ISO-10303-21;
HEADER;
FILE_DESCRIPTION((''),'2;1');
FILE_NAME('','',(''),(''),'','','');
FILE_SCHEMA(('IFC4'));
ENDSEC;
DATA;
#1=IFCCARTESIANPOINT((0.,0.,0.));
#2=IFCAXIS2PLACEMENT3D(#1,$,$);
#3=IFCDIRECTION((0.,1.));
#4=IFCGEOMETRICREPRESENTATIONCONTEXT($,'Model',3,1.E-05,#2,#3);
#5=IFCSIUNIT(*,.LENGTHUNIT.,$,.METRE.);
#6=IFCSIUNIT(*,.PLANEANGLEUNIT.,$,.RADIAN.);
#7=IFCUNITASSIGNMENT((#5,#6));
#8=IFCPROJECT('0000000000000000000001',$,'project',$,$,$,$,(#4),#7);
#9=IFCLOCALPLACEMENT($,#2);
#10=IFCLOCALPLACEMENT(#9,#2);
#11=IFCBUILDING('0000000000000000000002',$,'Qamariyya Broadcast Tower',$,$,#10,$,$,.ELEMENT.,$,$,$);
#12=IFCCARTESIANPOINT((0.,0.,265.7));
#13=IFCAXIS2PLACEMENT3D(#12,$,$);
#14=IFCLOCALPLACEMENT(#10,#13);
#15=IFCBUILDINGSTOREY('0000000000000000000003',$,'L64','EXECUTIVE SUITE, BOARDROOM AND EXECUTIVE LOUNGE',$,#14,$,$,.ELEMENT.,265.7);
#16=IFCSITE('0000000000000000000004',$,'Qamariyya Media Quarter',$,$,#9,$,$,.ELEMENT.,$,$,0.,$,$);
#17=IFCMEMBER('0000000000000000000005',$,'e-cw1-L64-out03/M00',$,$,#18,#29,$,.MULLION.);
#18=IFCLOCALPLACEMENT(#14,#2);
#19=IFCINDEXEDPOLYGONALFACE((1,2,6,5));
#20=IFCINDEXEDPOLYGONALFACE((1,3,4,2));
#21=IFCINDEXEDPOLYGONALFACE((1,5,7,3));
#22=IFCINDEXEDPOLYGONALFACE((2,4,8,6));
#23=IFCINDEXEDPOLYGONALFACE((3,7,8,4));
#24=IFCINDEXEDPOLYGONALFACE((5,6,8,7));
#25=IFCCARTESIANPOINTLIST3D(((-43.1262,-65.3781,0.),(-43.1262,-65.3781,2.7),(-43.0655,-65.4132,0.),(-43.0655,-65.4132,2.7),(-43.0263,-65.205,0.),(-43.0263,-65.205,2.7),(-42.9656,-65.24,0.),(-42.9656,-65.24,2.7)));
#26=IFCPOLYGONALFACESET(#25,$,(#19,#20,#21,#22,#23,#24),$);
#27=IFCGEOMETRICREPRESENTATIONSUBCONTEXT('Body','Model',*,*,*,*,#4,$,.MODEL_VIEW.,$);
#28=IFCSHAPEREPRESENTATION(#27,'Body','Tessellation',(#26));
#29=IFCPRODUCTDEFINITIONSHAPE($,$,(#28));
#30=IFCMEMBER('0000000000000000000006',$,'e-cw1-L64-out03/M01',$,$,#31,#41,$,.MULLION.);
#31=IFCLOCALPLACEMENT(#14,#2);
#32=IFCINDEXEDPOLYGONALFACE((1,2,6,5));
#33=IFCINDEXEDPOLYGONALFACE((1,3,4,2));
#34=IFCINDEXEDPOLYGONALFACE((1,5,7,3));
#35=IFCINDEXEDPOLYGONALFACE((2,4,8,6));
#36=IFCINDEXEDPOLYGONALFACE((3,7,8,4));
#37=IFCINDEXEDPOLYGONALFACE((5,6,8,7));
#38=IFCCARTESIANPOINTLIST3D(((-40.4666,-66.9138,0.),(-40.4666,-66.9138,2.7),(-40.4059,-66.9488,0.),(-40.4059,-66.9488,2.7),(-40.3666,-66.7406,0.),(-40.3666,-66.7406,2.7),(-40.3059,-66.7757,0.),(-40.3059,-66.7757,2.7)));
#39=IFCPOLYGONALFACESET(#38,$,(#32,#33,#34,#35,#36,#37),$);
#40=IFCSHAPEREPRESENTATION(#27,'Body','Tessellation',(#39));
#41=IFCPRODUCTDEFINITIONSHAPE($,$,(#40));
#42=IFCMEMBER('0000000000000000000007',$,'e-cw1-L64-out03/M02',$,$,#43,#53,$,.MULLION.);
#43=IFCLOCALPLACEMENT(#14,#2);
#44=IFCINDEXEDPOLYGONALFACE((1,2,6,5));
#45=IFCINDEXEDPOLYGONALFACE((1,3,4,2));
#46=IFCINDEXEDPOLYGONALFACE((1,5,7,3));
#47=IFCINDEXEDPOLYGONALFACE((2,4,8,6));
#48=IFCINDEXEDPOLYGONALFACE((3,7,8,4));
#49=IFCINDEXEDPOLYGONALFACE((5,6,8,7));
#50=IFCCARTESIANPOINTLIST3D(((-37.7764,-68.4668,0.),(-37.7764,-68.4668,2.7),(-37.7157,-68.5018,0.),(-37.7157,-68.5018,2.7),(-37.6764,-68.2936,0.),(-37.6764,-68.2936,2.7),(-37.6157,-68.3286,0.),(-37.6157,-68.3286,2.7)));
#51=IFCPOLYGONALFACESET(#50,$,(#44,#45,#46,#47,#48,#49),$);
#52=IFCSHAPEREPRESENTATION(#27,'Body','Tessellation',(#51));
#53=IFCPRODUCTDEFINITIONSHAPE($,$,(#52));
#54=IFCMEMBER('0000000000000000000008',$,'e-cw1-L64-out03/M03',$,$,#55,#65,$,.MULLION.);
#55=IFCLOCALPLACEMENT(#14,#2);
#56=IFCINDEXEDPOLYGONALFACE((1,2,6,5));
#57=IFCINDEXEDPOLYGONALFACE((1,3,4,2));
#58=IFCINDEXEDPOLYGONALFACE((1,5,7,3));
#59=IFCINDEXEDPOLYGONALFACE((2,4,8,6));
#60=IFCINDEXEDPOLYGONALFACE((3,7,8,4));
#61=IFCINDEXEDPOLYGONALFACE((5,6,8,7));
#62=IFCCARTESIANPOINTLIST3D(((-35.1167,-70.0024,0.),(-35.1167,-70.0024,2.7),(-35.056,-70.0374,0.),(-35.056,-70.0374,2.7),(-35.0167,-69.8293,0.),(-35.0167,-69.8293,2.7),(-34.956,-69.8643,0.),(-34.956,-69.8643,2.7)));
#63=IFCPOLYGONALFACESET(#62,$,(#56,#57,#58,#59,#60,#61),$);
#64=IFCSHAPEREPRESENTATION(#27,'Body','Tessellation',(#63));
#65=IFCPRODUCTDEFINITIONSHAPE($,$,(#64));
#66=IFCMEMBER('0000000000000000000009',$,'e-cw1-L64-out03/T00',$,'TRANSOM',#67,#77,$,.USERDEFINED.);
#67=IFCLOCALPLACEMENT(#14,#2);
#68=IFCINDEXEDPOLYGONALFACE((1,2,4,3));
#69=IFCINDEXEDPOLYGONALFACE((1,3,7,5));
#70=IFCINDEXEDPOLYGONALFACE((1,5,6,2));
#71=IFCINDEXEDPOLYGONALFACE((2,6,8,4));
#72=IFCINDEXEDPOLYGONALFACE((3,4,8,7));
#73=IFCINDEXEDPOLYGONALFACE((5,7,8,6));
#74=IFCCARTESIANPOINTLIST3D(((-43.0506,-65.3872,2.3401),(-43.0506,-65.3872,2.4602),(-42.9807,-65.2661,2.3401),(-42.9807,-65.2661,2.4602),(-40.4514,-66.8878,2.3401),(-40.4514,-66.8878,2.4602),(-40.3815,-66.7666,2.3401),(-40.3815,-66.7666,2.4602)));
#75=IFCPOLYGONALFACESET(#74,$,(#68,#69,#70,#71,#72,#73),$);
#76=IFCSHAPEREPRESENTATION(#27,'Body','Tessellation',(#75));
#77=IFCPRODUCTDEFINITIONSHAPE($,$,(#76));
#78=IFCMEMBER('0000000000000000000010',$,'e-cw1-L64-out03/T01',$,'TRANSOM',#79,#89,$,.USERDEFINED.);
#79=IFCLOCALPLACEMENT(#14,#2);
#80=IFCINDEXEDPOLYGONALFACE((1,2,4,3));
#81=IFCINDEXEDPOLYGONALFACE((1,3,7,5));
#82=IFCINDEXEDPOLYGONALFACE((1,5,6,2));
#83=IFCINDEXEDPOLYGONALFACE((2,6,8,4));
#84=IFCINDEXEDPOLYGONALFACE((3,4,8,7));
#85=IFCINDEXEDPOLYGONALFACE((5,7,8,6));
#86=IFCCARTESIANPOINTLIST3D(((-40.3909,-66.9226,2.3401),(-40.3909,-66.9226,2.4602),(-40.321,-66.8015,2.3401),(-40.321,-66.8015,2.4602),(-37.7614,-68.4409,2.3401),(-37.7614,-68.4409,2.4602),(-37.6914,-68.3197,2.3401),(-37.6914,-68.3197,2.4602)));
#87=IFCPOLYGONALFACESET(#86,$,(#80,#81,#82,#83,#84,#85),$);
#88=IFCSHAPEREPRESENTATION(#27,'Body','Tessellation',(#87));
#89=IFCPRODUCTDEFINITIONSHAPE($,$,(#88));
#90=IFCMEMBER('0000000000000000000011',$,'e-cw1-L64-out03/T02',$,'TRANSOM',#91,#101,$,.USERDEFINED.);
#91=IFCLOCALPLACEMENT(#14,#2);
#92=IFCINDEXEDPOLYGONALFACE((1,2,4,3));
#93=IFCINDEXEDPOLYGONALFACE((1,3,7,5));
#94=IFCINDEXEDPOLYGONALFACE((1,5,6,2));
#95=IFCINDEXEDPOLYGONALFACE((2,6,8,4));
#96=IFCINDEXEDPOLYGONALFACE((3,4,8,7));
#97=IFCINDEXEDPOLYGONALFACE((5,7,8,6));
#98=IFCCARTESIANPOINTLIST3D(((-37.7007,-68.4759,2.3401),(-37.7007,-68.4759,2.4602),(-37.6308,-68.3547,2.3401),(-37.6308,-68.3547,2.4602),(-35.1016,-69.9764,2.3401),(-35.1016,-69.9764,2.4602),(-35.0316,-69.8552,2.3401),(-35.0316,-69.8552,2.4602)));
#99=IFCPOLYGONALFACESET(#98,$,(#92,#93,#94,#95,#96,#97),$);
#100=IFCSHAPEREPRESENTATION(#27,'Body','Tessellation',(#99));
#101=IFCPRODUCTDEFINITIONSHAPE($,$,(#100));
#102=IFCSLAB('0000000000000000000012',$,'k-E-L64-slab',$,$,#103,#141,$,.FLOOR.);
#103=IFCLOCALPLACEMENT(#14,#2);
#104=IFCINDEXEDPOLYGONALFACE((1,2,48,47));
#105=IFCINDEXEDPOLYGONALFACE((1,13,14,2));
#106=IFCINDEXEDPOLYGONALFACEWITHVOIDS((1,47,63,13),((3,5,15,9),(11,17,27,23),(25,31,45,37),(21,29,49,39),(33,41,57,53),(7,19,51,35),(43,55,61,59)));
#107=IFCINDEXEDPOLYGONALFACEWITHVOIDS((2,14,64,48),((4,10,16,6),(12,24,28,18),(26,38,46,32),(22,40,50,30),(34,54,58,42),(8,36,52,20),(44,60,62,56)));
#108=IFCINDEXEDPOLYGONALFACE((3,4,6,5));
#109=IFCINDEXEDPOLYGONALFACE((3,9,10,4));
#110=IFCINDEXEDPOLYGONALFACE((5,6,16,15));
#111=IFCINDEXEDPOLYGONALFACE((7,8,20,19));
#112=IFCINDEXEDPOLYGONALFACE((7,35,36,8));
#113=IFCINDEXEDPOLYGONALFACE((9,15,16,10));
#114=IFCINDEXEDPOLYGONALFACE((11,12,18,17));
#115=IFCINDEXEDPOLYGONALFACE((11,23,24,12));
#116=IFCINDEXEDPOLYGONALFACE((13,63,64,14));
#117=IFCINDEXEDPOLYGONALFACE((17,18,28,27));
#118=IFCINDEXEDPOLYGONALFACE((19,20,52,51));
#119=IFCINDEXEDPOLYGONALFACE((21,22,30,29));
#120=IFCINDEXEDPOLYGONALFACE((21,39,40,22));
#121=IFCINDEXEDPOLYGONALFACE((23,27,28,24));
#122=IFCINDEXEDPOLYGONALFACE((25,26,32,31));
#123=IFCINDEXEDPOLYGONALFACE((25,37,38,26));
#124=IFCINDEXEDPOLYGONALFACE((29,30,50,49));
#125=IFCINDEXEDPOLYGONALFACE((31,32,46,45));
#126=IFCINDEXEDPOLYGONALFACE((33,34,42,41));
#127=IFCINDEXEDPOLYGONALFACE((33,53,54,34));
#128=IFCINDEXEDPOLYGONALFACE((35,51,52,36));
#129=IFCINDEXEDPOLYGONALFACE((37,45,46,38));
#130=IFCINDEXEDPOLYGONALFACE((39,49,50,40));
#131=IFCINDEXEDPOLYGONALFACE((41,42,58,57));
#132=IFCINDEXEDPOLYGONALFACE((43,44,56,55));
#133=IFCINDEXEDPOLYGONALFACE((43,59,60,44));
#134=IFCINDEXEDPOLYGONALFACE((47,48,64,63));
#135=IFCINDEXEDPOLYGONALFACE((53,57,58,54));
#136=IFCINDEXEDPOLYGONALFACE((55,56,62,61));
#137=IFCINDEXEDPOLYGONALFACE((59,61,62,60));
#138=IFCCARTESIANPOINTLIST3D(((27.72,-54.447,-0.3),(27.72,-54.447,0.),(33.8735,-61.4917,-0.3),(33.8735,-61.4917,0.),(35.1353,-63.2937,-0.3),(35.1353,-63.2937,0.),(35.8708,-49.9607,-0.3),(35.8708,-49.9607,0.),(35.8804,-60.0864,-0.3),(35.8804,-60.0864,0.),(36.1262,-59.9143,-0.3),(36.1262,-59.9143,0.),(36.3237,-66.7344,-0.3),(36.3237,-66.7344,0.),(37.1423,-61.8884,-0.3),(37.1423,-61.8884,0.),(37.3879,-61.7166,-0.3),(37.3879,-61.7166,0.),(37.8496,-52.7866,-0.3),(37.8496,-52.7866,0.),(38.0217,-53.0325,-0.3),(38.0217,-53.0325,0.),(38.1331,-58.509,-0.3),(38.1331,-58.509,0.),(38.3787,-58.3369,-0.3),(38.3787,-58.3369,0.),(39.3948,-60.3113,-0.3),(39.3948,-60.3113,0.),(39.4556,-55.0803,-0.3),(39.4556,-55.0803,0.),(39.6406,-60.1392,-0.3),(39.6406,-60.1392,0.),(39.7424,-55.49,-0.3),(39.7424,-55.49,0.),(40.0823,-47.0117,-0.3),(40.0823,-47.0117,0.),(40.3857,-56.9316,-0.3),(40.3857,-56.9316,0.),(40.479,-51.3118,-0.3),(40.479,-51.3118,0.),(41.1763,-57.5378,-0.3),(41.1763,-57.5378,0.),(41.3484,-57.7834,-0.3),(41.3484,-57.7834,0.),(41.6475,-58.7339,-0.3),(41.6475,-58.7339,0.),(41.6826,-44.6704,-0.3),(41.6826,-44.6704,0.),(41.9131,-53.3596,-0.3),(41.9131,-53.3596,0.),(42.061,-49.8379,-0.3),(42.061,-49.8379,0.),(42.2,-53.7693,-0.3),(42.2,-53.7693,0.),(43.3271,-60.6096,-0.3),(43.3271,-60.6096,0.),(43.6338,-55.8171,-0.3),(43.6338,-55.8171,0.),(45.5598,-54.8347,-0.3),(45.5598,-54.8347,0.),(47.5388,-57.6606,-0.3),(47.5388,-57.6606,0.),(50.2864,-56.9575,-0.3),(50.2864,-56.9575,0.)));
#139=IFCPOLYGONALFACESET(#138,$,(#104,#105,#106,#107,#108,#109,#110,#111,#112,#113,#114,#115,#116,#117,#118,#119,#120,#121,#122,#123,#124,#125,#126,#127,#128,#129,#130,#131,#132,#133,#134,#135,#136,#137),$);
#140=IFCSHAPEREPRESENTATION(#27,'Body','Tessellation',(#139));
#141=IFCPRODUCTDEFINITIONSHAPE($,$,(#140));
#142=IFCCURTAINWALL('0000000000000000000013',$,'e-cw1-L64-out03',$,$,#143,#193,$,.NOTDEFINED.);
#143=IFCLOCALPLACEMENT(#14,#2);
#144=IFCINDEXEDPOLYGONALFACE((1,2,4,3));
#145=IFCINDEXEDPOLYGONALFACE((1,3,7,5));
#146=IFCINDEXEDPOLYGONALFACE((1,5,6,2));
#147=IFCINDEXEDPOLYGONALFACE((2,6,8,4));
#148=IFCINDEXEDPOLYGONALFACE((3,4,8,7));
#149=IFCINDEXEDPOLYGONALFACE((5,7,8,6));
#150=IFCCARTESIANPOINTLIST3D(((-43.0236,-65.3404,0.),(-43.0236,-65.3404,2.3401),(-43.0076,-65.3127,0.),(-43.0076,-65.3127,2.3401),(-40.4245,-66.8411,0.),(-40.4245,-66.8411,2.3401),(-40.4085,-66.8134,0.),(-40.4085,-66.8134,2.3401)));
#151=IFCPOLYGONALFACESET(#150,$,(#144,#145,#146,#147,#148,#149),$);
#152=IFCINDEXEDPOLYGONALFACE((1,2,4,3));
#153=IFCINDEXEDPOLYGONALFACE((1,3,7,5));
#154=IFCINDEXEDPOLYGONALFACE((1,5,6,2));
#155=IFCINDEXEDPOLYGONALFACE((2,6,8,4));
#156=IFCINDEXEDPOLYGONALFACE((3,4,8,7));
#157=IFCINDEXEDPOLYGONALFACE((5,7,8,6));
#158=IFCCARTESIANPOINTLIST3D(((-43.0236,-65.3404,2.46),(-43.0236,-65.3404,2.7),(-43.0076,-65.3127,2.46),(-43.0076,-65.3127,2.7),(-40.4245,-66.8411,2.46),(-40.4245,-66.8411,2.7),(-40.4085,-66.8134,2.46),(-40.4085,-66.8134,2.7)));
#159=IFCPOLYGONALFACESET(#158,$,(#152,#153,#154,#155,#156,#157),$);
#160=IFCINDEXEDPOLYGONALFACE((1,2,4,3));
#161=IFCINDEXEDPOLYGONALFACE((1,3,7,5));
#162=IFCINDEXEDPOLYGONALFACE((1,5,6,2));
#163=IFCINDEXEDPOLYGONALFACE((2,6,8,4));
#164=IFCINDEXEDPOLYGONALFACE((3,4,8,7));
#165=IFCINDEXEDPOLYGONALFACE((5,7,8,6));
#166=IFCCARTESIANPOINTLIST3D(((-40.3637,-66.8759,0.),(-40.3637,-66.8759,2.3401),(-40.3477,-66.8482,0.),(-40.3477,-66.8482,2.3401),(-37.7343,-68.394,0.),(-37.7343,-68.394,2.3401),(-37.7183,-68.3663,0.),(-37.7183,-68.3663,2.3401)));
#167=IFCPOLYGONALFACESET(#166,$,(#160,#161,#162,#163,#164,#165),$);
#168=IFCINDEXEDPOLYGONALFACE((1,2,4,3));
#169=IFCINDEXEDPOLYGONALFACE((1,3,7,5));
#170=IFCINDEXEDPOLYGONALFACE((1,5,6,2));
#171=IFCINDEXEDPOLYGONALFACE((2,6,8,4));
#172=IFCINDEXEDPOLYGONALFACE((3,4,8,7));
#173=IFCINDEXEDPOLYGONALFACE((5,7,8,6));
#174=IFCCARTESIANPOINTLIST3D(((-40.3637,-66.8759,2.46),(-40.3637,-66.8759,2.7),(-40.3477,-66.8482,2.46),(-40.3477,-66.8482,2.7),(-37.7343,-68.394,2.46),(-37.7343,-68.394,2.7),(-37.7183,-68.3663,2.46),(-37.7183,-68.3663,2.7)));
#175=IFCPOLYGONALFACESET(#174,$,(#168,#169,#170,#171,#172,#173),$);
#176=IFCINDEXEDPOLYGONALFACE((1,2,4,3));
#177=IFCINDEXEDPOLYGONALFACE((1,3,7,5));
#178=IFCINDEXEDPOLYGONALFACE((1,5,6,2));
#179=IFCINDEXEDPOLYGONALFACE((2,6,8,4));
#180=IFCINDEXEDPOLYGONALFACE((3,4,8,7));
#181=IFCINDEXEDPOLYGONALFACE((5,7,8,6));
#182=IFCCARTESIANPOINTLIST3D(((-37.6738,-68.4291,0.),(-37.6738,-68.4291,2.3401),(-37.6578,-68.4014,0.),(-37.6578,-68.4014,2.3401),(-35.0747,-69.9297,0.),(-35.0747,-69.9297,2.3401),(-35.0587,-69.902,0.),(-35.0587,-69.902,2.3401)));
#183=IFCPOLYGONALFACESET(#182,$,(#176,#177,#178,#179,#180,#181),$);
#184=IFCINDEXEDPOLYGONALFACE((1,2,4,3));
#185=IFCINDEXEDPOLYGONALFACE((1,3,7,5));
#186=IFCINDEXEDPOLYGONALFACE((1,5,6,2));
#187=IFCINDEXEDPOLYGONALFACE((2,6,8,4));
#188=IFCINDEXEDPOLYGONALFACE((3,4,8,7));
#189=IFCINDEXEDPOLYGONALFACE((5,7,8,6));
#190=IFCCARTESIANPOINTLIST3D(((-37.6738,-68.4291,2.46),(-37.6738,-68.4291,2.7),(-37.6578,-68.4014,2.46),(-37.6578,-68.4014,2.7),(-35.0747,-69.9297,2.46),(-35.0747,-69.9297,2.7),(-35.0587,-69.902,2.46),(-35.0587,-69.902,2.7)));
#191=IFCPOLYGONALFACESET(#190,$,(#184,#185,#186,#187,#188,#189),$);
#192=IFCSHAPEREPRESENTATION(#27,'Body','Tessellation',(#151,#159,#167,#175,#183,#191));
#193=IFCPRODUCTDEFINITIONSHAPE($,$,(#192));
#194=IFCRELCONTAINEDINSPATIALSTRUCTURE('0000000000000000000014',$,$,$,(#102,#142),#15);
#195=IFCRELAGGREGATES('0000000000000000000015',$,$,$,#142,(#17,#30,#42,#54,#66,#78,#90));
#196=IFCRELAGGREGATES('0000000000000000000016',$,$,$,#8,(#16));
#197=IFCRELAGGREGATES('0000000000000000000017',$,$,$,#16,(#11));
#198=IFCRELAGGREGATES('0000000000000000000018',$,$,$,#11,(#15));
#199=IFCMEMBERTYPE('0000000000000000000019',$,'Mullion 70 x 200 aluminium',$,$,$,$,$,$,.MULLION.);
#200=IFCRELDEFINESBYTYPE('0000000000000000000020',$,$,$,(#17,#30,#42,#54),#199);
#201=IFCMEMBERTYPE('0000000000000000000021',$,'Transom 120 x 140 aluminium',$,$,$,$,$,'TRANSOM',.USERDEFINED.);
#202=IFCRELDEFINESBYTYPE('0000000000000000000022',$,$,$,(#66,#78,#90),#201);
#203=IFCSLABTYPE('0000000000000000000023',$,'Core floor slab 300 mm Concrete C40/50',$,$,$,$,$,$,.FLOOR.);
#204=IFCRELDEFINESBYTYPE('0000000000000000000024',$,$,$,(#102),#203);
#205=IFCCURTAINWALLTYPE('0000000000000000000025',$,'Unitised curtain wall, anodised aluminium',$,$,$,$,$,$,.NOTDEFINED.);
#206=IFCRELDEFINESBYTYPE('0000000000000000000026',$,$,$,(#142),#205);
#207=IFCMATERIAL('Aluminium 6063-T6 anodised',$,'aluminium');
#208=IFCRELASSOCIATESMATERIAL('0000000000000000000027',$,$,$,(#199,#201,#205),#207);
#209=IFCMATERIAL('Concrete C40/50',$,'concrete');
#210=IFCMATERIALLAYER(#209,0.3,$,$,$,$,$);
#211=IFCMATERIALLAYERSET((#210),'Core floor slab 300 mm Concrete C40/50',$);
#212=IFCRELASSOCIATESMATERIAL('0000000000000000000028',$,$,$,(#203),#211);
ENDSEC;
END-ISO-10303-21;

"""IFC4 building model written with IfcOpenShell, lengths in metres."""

from ifc_helpers import new_model, si_unit, direction, frame, origin, origin_2d, place, context, subcontext, project, spatial, polyline, rectangle, outline, extrude, material, layer, layer_set, material_profile, profile_set, type_object, element, aggregate, save


model = new_model("IFC4")

# Units and contexts
model_context = context("Model", 3, precision=1e-05, world=origin(), true_north=direction((0.0, 1.0)))
body_context = subcontext(model_context, "Body", "Model", "MODEL_VIEW")
ifc_project = project(units=[si_unit("LENGTHUNIT", "METRE"), si_unit("PLANEANGLEUNIT", "RADIAN")], contexts=[model_context])

# Members
ifc_material_1 = material(Name="Aluminium 6063-T6 anodised", Category="aluminium")
ifc_material_profile_1 = material_profile(ifc_material_1, rectangle(XDim=0.2, YDim=0.0701, at=origin_2d()))
ifc_profile_set_1 = profile_set([ifc_material_profile_1], Name="Aluminium 6063-T6 anodised")
member_type_1 = type_object("IfcMemberType", Name="Mullion 70 x 200 aluminium", PredefinedType="MULLION", material=ifc_profile_set_1)
site_placement = place(None, origin())
building_placement = place(site_placement, origin())
storey_placement = place(building_placement, frame((0.0, 0.0, 265.7)))
member_1_placement = place(storey_placement, frame((-43.0459, -65.3091, 0.0), z_axis=(0.0, 0.0, 1.0), x_axis=(0.5, 0.866025, 0.0)))
member_1 = element("IfcMember", 1, at=member_1_placement, type_object=member_type_1, Name="e-cw1-L64-out03/M00", PredefinedType="MULLION", context=body_context, shape_type="SweptSolid", body=[
    extrude(rectangle(XDim=0.2, YDim=0.0701, at=origin_2d()), origin(), (0.0, 0.0, 1.0), 2.7),
])
member_2_placement = place(storey_placement, frame((-40.3862, -66.8447, 0.0), z_axis=(0.0, 0.0, 1.0), x_axis=(0.5, 0.866025, 0.0)))
member_2 = element("IfcMember", 2, at=member_2_placement, type_object=member_type_1, Name="e-cw1-L64-out03/M01", PredefinedType="MULLION", context=body_context, shape_type="SweptSolid", body=[
    extrude(rectangle(XDim=0.2, YDim=0.0701, at=origin_2d()), origin(), (0.0, 0.0, 1.0), 2.7),
])
member_3_placement = place(storey_placement, frame((-37.696, -68.3977, 0.0), z_axis=(0.0, 0.0, 1.0), x_axis=(0.5, 0.866025, 0.0)))
member_3 = element("IfcMember", 3, at=member_3_placement, type_object=member_type_1, Name="e-cw1-L64-out03/M02", PredefinedType="MULLION", context=body_context, shape_type="SweptSolid", body=[
    extrude(rectangle(XDim=0.2, YDim=0.0701, at=origin_2d()), origin(), (0.0, 0.0, 1.0), 2.7),
])
member_4_placement = place(storey_placement, frame((-35.0364, -69.9333, 0.0), z_axis=(0.0, 0.0, 1.0), x_axis=(0.5, 0.866025, 0.0)))
member_4 = element("IfcMember", 4, at=member_4_placement, type_object=member_type_1, Name="e-cw1-L64-out03/M03", PredefinedType="MULLION", context=body_context, shape_type="SweptSolid", body=[
    extrude(rectangle(XDim=0.2, YDim=0.0701, at=origin_2d()), origin(), (0.0, 0.0, 1.0), 2.7),
])
ifc_material_profile_2 = material_profile(ifc_material_1, rectangle(XDim=0.1399, YDim=0.1201, at=origin_2d()))
ifc_profile_set_2 = profile_set([ifc_material_profile_2], Name="Aluminium 6063-T6 anodised")
member_type_2 = type_object("IfcMemberType", Name="Transom 120 x 140 aluminium", ElementType="TRANSOM", PredefinedType="USERDEFINED", material=ifc_profile_set_2)
member_5_placement = place(storey_placement, frame((-43.0156, -65.3267, 2.4001), z_axis=(0.866042, -0.499971, 0.0), x_axis=(0.499971, 0.866042, 0.0)))
member_5 = element("IfcMember", 5, at=member_5_placement, type_object=member_type_2, Name="e-cw1-L64-out03/T00", ObjectType="TRANSOM", PredefinedType="USERDEFINED", context=body_context, shape_type="SweptSolid", body=[
    extrude(rectangle(XDim=0.1399, YDim=0.1201, at=origin_2d()), origin(), (0.0, 0.0, 1.0), 3.0012),
])
member_6_placement = place(storey_placement, frame((-40.356, -66.8621, 2.4001), z_axis=(0.866013, -0.500022, 0.0), x_axis=(0.500022, 0.866013, 0.0)))
member_6 = element("IfcMember", 6, at=member_6_placement, type_object=member_type_2, Name="e-cw1-L64-out03/T01", ObjectType="TRANSOM", PredefinedType="USERDEFINED", context=body_context, shape_type="SweptSolid", body=[
    extrude(rectangle(XDim=0.1399, YDim=0.1201, at=origin_2d()), origin(), (0.0, 0.0, 1.0), 3.0364),
])
member_7_placement = place(storey_placement, frame((-37.6658, -68.4153, 2.4001), z_axis=(0.866042, -0.499971, 0.0), x_axis=(0.499971, 0.866042, 0.0)))
member_7 = element("IfcMember", 7, at=member_7_placement, type_object=member_type_2, Name="e-cw1-L64-out03/T02", ObjectType="TRANSOM", PredefinedType="USERDEFINED", context=body_context, shape_type="SweptSolid", body=[
    extrude(rectangle(XDim=0.1399, YDim=0.1201, at=origin_2d()), origin(), (0.0, 0.0, 1.0), 3.0012),
])

# Site, building, storey
site = spatial("IfcSite", under=ifc_project, at=site_placement, Name="Qamariyya Media Quarter", CompositionType="ELEMENT", RefElevation=0.0)
building = spatial("IfcBuilding", under=site, at=building_placement, Name="Qamariyya Broadcast Tower", CompositionType="ELEMENT")
storey = spatial("IfcBuildingStorey", under=building, at=storey_placement, Name="L64", Description="EXECUTIVE SUITE, BOARDROOM AND EXECUTIVE LOUNGE", CompositionType="ELEMENT", Elevation=265.7)

# Slab
ifc_material_2 = material(Name="Concrete C40/50", Category="concrete")
ifc_layer = layer(ifc_material_2, 0.3)
ifc_layer_set = layer_set([ifc_layer], Name="Core floor slab 300 mm Concrete C40/50")
slab_type = type_object("IfcSlabType", Name="Core floor slab 300 mm Concrete C40/50", PredefinedType="FLOOR", material=ifc_layer_set)
slab_placement = place(storey_placement, frame((0.0, 0.0, -0.3)))
element("IfcSlab", 8, at=slab_placement, inside=storey, type_object=slab_type, Name="k-E-L64-slab", PredefinedType="FLOOR", context=body_context, shape_type="SweptSolid", body=[
    extrude(outline(polyline([(36.3237, -66.7344), (50.2864, -56.9575), (41.6826, -44.6704), (27.72, -54.447), (36.3237, -66.7344)]), holes=[polyline([(33.8735, -61.4917), (35.8804, -60.0864), (37.1423, -61.8884), (35.1353, -63.2937), (33.8735, -61.4917)]), polyline([(36.1262, -59.9143), (38.1331, -58.509), (39.3948, -60.3113), (37.3879, -61.7166), (36.1262, -59.9143)]), polyline([(38.3787, -58.3369), (40.3857, -56.9316), (41.6475, -58.7339), (39.6406, -60.1392), (38.3787, -58.3369)]), polyline([(39.7424, -55.49), (42.2, -53.7693), (43.6338, -55.8171), (41.1763, -57.5378), (39.7424, -55.49)]), polyline([(39.4556, -55.0803), (41.9131, -53.3596), (40.479, -51.3118), (38.0217, -53.0325), (39.4556, -55.0803)]), polyline([(40.0823, -47.0117), (35.8708, -49.9607), (37.8496, -52.7866), (42.061, -49.8379), (40.0823, -47.0117)]), polyline([(45.5598, -54.8347), (41.3484, -57.7834), (43.3271, -60.6096), (47.5388, -57.6606), (45.5598, -54.8347)])]), origin(), (0.0, 0.0, 1.0), 0.3),
])

# Curtain wall
curtain_wall_type = type_object("IfcCurtainWallType", Name="Unitised curtain wall, anodised aluminium", PredefinedType="NOTDEFINED", material=ifc_material_1)
curtain_wall_1_placement = place(storey_placement, origin())
curtain_wall_1 = element("IfcCurtainWall", 9, at=curtain_wall_1_placement, inside=storey, type_object=curtain_wall_type, Name="e-cw1-L64-out03", PredefinedType="NOTDEFINED", context=body_context, shape_type="SweptSolid", body=[
    extrude(rectangle(XDim=3.0012, YDim=0.032, at=origin_2d()), frame((-41.7161, -66.0769, 0.0), x_axis=(0.866018, -0.500013, 0.0)), (0.0, 0.0, 1.0), 2.3401),
    extrude(rectangle(XDim=3.0012, YDim=0.032, at=origin_2d()), frame((-41.7161, -66.0769, 2.46), x_axis=(0.866018, -0.500013, 0.0)), (0.0, 0.0, 1.0), 0.24),
    extrude(rectangle(XDim=3.0361, YDim=0.032, at=origin_2d()), frame((-39.041, -67.6211, 0.0), x_axis=(0.866018, -0.500013, 0.0)), (0.0, 0.0, 1.0), 2.3401),
    extrude(rectangle(XDim=3.0361, YDim=0.032, at=origin_2d()), frame((-39.041, -67.6211, 2.46), x_axis=(0.866018, -0.500013, 0.0)), (0.0, 0.0, 1.0), 0.24),
    extrude(rectangle(XDim=3.0012, YDim=0.032, at=origin_2d()), frame((-36.3662, -69.1655, 0.0), x_axis=(0.866018, -0.500013, 0.0)), (0.0, 0.0, 1.0), 2.3401),
    extrude(rectangle(XDim=3.0012, YDim=0.032, at=origin_2d()), frame((-36.3662, -69.1655, 2.46), x_axis=(0.866018, -0.500013, 0.0)), (0.0, 0.0, 1.0), 0.24),
])
aggregate(curtain_wall_1, [member_1, member_2, member_3, member_4, member_5, member_6, member_7])

save(model, "model.ifc")
